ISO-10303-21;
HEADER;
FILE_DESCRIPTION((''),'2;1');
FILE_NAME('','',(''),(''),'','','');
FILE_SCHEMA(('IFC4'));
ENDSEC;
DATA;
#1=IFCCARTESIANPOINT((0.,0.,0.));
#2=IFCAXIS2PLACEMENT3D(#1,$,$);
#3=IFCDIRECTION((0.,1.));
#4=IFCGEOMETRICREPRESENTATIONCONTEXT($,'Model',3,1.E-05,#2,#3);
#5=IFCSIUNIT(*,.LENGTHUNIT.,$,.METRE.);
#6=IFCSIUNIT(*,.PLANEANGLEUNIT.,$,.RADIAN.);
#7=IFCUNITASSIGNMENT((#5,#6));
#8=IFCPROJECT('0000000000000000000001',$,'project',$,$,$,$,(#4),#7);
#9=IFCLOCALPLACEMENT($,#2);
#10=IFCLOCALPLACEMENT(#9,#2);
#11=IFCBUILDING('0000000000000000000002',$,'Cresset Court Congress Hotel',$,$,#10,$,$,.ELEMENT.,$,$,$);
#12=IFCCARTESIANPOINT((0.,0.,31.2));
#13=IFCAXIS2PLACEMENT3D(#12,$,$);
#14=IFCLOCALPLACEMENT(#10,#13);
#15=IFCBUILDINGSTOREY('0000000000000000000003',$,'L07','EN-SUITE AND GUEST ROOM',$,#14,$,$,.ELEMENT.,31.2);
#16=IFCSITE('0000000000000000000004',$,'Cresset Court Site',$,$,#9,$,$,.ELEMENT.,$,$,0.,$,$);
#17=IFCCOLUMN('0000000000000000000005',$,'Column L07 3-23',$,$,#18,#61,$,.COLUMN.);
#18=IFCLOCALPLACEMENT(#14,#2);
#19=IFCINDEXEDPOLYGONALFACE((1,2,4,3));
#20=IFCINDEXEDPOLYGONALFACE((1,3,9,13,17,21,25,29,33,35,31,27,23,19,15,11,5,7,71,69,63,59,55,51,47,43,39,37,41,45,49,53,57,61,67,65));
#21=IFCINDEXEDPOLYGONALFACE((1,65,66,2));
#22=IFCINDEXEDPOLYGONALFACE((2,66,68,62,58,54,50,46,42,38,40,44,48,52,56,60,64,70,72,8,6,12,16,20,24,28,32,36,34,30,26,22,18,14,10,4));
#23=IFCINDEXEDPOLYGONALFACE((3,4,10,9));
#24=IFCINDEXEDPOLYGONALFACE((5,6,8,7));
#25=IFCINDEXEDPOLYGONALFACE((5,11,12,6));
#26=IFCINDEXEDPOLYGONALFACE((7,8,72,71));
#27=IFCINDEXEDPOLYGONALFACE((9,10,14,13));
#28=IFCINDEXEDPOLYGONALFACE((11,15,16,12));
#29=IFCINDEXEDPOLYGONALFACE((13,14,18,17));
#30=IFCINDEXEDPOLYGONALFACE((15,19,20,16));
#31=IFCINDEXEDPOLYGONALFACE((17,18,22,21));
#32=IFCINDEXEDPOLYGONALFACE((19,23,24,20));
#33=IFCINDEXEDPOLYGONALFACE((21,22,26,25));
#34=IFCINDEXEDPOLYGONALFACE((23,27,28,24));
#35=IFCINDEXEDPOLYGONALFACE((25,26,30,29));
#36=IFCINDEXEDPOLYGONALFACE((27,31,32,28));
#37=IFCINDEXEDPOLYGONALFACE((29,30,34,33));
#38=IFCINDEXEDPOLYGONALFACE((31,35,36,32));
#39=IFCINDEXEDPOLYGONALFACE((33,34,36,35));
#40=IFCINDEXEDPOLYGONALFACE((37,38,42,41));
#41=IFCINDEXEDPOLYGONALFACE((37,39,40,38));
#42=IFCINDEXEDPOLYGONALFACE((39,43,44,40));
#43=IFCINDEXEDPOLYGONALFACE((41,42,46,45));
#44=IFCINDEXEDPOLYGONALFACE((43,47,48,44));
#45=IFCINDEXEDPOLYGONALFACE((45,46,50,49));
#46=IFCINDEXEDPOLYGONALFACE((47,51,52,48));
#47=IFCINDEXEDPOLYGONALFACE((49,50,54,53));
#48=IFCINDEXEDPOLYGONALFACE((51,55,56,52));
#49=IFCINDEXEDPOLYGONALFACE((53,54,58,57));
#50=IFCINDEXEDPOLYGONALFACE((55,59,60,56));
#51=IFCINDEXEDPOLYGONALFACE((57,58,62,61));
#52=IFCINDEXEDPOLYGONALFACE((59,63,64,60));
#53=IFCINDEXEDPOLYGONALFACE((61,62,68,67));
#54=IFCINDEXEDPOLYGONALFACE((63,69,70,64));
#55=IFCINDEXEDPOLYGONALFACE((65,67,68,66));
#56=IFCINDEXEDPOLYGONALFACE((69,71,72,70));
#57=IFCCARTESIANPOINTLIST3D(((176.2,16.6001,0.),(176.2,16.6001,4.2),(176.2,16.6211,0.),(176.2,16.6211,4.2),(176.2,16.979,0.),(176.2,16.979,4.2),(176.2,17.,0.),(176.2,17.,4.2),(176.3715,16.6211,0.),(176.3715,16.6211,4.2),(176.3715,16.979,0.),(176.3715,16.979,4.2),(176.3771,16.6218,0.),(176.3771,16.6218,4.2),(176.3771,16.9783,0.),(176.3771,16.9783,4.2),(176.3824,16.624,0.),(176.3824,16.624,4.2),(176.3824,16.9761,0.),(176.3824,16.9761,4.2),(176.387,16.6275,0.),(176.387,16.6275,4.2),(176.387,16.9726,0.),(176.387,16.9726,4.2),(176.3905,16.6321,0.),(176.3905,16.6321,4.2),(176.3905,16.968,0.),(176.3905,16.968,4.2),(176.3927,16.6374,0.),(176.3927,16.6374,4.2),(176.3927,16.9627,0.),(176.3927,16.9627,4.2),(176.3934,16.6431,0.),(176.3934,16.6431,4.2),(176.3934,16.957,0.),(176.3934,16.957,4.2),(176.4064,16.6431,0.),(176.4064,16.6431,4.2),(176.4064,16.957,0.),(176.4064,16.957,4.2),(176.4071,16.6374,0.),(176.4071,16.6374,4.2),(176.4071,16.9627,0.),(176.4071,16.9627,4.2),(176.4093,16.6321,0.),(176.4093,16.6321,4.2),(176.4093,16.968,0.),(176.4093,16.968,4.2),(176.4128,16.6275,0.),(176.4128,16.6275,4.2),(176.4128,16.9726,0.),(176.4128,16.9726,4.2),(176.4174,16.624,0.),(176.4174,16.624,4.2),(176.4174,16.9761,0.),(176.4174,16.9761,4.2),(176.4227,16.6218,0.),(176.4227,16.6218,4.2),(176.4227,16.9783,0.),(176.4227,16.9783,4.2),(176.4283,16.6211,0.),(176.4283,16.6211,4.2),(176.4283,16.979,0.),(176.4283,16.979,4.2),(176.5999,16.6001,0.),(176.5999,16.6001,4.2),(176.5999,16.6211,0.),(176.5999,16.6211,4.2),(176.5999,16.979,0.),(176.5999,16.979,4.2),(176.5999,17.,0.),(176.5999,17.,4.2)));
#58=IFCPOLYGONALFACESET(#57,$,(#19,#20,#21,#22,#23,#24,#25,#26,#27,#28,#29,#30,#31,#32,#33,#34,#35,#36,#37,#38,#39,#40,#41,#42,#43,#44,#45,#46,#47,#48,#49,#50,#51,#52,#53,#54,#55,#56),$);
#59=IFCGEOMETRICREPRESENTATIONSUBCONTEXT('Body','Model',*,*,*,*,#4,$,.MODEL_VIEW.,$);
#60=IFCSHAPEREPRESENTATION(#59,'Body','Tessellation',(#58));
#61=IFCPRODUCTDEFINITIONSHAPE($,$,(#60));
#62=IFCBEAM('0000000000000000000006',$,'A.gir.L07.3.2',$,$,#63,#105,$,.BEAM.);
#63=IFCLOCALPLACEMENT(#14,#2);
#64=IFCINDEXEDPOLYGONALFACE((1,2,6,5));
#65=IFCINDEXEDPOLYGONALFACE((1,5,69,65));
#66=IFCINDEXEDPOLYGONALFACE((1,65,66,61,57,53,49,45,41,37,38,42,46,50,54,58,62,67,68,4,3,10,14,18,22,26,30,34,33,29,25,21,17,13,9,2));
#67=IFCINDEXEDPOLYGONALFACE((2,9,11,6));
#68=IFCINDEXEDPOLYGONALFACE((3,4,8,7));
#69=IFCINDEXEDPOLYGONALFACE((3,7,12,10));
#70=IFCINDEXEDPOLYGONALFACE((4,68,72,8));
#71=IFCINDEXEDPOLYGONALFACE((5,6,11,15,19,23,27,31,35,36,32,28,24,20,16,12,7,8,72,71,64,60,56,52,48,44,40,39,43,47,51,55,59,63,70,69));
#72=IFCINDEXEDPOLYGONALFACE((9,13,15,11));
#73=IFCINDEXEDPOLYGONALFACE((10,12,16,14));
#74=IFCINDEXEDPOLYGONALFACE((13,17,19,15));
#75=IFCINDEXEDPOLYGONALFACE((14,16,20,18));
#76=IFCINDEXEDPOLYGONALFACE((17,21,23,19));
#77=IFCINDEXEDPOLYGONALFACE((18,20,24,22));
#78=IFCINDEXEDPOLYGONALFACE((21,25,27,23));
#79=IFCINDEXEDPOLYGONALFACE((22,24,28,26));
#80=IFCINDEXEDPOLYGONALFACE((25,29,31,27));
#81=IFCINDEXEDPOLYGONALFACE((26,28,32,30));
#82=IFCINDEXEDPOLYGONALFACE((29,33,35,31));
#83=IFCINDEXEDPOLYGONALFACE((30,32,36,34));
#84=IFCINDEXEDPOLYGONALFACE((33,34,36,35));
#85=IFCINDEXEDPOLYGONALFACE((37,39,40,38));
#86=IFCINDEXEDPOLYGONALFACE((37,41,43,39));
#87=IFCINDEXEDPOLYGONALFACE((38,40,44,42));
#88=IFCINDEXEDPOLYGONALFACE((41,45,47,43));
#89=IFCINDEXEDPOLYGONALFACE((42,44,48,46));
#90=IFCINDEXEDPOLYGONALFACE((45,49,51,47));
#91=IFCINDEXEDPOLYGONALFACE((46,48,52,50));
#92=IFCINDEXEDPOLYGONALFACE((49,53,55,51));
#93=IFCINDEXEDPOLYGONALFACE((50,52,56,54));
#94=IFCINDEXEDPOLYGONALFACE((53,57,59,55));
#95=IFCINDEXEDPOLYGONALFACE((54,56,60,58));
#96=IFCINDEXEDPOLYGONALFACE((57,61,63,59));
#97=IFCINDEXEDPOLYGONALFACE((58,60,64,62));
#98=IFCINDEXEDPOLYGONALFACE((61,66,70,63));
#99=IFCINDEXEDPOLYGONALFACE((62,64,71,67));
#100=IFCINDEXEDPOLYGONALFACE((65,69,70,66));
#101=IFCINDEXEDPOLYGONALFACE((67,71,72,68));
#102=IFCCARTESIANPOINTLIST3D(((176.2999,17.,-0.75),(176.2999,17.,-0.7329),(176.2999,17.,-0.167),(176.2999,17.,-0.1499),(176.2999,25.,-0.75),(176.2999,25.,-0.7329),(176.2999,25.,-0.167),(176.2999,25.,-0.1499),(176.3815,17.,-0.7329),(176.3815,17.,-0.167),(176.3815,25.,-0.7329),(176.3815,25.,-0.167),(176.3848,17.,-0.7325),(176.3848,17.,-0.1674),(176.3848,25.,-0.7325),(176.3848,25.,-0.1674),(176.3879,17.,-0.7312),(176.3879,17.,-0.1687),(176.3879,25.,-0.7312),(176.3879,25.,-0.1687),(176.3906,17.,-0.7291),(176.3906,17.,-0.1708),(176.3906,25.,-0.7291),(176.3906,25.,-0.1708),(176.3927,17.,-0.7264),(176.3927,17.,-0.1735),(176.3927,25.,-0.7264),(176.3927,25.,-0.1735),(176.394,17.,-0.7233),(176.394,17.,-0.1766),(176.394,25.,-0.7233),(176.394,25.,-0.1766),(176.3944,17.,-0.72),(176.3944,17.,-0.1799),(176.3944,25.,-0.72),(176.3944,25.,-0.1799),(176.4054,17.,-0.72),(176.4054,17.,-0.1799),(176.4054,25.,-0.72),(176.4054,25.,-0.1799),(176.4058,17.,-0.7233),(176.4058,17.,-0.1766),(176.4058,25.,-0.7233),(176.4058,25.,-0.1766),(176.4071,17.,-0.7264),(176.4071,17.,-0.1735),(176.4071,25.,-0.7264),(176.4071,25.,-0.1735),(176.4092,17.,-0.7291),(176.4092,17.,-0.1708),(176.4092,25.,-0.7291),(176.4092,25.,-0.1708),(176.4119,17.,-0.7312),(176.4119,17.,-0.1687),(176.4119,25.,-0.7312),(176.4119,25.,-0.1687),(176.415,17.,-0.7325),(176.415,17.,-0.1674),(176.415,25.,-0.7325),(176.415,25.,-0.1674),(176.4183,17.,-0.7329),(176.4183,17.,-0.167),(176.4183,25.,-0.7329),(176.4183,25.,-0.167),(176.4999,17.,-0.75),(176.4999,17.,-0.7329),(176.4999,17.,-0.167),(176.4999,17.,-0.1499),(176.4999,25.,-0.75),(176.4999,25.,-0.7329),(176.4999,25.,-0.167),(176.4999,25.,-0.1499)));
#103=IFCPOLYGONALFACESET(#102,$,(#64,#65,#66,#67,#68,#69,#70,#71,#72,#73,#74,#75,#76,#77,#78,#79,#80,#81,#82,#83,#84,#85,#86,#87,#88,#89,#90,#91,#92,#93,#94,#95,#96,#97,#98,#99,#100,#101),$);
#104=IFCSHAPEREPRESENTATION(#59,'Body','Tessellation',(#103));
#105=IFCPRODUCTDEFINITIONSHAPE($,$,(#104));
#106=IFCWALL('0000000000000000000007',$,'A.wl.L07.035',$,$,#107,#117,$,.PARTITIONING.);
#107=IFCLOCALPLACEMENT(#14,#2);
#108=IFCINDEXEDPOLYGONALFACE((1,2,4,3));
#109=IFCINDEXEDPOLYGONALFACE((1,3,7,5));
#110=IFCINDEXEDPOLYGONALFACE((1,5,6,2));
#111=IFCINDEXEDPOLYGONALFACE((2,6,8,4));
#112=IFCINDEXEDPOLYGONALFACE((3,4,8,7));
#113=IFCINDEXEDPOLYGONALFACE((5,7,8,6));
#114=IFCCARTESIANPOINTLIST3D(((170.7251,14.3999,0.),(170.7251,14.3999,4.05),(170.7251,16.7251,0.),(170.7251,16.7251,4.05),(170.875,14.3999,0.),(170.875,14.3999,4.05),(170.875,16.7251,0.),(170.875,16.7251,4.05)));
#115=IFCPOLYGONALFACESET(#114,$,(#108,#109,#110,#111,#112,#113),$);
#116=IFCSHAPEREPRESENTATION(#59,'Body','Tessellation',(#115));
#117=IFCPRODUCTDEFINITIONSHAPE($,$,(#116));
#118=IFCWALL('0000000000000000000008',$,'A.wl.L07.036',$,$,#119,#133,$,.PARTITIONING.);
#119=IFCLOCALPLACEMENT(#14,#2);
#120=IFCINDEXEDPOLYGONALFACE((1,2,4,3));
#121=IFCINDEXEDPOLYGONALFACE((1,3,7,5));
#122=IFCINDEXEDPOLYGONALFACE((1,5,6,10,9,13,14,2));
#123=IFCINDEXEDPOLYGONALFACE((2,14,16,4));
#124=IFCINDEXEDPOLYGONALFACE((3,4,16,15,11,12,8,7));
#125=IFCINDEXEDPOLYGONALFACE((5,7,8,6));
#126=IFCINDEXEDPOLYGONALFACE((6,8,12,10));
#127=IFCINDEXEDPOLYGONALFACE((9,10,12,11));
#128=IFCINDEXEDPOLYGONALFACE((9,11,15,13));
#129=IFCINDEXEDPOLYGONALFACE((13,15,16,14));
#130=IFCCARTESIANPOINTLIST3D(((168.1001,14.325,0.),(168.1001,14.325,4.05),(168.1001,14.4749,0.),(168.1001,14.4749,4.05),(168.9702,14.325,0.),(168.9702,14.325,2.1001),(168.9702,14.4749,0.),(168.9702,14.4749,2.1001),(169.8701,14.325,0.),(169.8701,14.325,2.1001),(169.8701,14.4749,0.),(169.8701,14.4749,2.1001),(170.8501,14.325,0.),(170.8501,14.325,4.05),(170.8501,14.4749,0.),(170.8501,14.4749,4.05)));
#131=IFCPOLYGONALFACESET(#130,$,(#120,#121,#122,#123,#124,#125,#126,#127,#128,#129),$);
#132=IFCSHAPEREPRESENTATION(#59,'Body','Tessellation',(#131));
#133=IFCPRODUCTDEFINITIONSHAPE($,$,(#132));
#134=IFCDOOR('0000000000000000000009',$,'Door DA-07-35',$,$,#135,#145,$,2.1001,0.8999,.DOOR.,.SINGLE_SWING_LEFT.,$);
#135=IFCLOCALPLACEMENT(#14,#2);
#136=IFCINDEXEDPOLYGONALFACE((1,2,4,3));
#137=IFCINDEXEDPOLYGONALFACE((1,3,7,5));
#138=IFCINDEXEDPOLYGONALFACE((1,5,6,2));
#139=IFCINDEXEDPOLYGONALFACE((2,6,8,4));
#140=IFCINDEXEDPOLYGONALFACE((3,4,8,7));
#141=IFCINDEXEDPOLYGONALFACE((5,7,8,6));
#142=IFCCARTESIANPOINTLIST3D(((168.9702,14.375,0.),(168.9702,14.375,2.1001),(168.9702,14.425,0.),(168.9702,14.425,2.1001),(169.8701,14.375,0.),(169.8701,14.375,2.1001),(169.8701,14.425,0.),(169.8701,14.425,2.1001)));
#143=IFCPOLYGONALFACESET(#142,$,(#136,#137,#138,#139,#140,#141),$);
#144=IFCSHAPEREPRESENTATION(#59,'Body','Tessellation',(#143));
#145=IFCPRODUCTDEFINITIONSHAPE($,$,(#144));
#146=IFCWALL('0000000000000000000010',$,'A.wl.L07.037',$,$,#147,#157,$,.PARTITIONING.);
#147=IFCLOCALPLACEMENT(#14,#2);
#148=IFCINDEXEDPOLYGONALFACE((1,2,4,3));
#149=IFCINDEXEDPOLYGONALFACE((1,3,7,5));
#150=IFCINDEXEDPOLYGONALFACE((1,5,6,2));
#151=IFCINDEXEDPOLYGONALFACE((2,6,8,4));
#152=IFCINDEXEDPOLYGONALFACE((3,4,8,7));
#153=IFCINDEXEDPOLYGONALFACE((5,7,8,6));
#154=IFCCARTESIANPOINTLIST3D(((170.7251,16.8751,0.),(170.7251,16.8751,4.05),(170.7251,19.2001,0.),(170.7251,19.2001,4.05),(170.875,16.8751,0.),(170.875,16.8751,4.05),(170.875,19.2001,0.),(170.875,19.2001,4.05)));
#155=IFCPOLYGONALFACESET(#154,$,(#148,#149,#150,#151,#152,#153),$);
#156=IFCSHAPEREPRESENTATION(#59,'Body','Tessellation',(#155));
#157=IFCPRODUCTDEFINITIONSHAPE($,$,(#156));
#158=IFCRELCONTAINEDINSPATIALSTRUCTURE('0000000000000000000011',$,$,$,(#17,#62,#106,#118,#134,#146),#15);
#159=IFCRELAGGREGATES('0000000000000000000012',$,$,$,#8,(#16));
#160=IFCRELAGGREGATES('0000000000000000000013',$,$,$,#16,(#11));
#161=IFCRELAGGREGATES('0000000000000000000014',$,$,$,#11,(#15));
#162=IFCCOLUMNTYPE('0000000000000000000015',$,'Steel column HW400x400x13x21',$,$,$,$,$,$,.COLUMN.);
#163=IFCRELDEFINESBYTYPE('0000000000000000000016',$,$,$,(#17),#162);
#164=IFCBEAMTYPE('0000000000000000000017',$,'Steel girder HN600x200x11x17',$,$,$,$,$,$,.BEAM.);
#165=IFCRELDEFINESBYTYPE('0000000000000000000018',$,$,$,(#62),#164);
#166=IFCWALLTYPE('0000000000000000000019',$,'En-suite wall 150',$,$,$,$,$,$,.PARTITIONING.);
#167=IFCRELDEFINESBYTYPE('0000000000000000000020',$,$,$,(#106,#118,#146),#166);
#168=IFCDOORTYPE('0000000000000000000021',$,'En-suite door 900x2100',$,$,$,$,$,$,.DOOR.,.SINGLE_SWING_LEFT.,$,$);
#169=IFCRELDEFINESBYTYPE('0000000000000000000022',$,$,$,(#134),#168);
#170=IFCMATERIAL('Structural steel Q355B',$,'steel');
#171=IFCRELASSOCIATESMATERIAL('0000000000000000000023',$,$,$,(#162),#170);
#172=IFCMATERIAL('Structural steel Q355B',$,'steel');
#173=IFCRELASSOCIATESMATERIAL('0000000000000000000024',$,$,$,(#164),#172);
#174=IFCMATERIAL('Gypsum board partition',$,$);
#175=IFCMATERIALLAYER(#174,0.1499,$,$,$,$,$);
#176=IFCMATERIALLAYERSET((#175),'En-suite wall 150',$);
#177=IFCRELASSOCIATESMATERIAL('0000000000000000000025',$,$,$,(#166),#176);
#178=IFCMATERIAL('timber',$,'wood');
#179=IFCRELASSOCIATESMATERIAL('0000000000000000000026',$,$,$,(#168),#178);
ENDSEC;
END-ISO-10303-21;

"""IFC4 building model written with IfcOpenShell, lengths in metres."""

from ifc_helpers import new_model, si_unit, direction, frame, frame_2d, origin, origin_2d, place, context, subcontext, project, spatial, rectangle, i_section, extrude, material, layer, layer_set, material_profile, profile_set, type_object, element, fill, save


model = new_model("IFC4")

# Units and contexts
model_context = context("Model", 3, precision=1e-05, world=origin(), true_north=direction((0.0, 1.0)))
body_context = subcontext(model_context, "Body", "Model", "MODEL_VIEW")
ifc_project = project(units=[si_unit("LENGTHUNIT", "METRE"), si_unit("PLANEANGLEUNIT", "RADIAN")], contexts=[model_context])

# Site, building, storey
site_placement = place(None, origin())
site = spatial("IfcSite", under=ifc_project, at=site_placement, Name="Cresset Court Site", CompositionType="ELEMENT", RefElevation=0.0)
building_placement = place(site_placement, origin())
building = spatial("IfcBuilding", under=site, at=building_placement, Name="Cresset Court Congress Hotel", CompositionType="ELEMENT")
storey_placement = place(building_placement, frame((0.0, 0.0, 31.2)))
storey = spatial("IfcBuildingStorey", under=building, at=storey_placement, Name="L07", Description="EN-SUITE AND GUEST ROOM", CompositionType="ELEMENT", Elevation=31.2)

# Column
ifc_material_1 = material(Name="Structural steel Q355B", Category="steel")
ifc_material_profile_1 = material_profile(ifc_material_1, i_section(OverallWidth=0.3999, OverallDepth=0.3999, WebThickness=0.0129, FlangeThickness=0.021, FilletRadius=0.022, at=origin_2d()), Name="HW400x400x13x21")
ifc_profile_set_1 = profile_set([ifc_material_profile_1], Name="Structural steel Q355B")
column_type = type_object("IfcColumnType", Name="Steel column HW400x400x13x21", PredefinedType="COLUMN", material=ifc_profile_set_1)
column_placement = place(storey_placement, frame((176.3999, 16.8, 0.0), z_axis=(0.0, 0.0, 1.0), x_axis=(1.0, 0.0, 0.0)))
element("IfcColumn", 1, at=column_placement, inside=storey, type_object=column_type, Name="Column L07 3-23", PredefinedType="COLUMN", context=body_context, shape_type="SweptSolid", body=[
    extrude(i_section(OverallWidth=0.3999, OverallDepth=0.3999, WebThickness=0.0129, FlangeThickness=0.021, FilletRadius=0.022, at=origin_2d()), origin(), (0.0, 0.0, 1.0), 4.2),
])

# Beam
ifc_material_2 = material(Name="Structural steel Q355B", Category="steel")
ifc_material_profile_2 = material_profile(ifc_material_2, i_section(OverallWidth=0.2, OverallDepth=0.6001, WebThickness=0.011, FlangeThickness=0.0171, FilletRadius=0.0129, at=origin_2d()), Name="HN600x200x11x17")
ifc_profile_set_2 = profile_set([ifc_material_profile_2], Name="Structural steel Q355B")
beam_type = type_object("IfcBeamType", Name="Steel girder HN600x200x11x17", PredefinedType="BEAM", material=ifc_profile_set_2)
beam_placement = place(storey_placement, frame((176.3999, 17.0, -0.45), z_axis=(0.0, 1.0, 0.0), x_axis=(-1.0, 0.0, 0.0)))
element("IfcBeam", 2, at=beam_placement, inside=storey, type_object=beam_type, Name="A.gir.L07.3.2", PredefinedType="BEAM", context=body_context, shape_type="SweptSolid", body=[
    extrude(i_section(OverallWidth=0.2, OverallDepth=0.6001, WebThickness=0.011, FlangeThickness=0.0171, FilletRadius=0.0129, at=origin_2d()), origin(), (0.0, 0.0, 1.0), 8.0),
])

# Wall
ifc_material_3 = material(Name="Gypsum board partition")
ifc_layer_1 = layer(ifc_material_3, 0.1499)
ifc_layer_set_1 = layer_set([ifc_layer_1], Name="En-suite wall 150")
wall_type_1 = type_object("IfcWallType", Name="En-suite wall 150", PredefinedType="PARTITIONING", material=ifc_layer_set_1)
wall_1_placement = place(storey_placement, frame((170.8, 14.3999, 0.0), z_axis=(0.0, 0.0, 1.0), x_axis=(0.0, 1.0, 0.0)))
element("IfcWall", 3, at=wall_1_placement, inside=storey, type_object=wall_type_1, Name="A.wl.L07.035", PredefinedType="PARTITIONING", context=body_context, shape_type="SweptSolid", body=[
    extrude(rectangle(XDim=2.3252, YDim=0.1499, at=frame_2d((1.1626, 0.0))), origin(), (0.0, 0.0, 1.0), 4.05),
])

# Wall, opening, door
wall_2_placement = place(storey_placement, frame((170.8501, 14.3999, 0.0), z_axis=(0.0, 0.0, 1.0), x_axis=(-1.0, 0.0, 0.0)))
wall_2 = element("IfcWall", 4, at=wall_2_placement, inside=storey, type_object=wall_type_1, Name="A.wl.L07.036", PredefinedType="PARTITIONING", context=body_context, shape_type="SweptSolid", body=[
    extrude(rectangle(XDim=2.75, YDim=0.1499, at=frame_2d((1.375, 0.0))), origin(), (0.0, 0.0, 1.0), 4.05),
])
opening_1_placement = place(wall_2_placement, frame((0.98, 0.0, 0.0)))
opening_1 = element("IfcOpeningElement", 5, at=opening_1_placement, cuts=wall_2, PredefinedType="OPENING", context=body_context, shape_type="SweptSolid", body=[
    extrude(rectangle(XDim=0.8999, YDim=2.1001, at=frame_2d((0.45, 1.05))), frame((0.0, 0.085, 0.0), z_axis=(0.0, -1.0, 0.0), x_axis=(1.0, 0.0, 0.0)), (0.0, 0.0, 1.0), 0.1699),
])
ifc_material_4 = material(Name="timber", Category="wood")
door_type = type_object("IfcDoorType", Name="En-suite door 900x2100", OperationType="SINGLE_SWING_LEFT", PredefinedType="DOOR", material=ifc_material_4)
door_1_placement = place(opening_1_placement, origin())
door_1 = element("IfcDoor", 6, at=door_1_placement, inside=storey, type_object=door_type, Name="Door DA-07-35", OperationType="SINGLE_SWING_LEFT", OverallHeight=2.1001, OverallWidth=0.8999, PredefinedType="DOOR", context=body_context, shape_type="SweptSolid", body=[
    extrude(rectangle(XDim=0.8999, YDim=2.1001, at=frame_2d((0.45, 1.05))), frame((0.0, 0.0249, 0.0), z_axis=(0.0, -1.0, 0.0), x_axis=(1.0, 0.0, 0.0)), (0.0, 0.0, 1.0), 0.05),
])
fill(opening_1, door_1)

# Wall
wall_3_placement = place(storey_placement, frame((170.8, 16.875, 0.0), z_axis=(0.0, 0.0, 1.0), x_axis=(0.0, 1.0, 0.0)))
element("IfcWall", 7, at=wall_3_placement, inside=storey, type_object=wall_type_1, Name="A.wl.L07.037", PredefinedType="PARTITIONING", context=body_context, shape_type="SweptSolid", body=[
    extrude(rectangle(XDim=2.325, YDim=0.1499, at=frame_2d((1.1626, 0.0))), origin(), (0.0, 0.0, 1.0), 4.05),
])

save(model, "model.ifc")
